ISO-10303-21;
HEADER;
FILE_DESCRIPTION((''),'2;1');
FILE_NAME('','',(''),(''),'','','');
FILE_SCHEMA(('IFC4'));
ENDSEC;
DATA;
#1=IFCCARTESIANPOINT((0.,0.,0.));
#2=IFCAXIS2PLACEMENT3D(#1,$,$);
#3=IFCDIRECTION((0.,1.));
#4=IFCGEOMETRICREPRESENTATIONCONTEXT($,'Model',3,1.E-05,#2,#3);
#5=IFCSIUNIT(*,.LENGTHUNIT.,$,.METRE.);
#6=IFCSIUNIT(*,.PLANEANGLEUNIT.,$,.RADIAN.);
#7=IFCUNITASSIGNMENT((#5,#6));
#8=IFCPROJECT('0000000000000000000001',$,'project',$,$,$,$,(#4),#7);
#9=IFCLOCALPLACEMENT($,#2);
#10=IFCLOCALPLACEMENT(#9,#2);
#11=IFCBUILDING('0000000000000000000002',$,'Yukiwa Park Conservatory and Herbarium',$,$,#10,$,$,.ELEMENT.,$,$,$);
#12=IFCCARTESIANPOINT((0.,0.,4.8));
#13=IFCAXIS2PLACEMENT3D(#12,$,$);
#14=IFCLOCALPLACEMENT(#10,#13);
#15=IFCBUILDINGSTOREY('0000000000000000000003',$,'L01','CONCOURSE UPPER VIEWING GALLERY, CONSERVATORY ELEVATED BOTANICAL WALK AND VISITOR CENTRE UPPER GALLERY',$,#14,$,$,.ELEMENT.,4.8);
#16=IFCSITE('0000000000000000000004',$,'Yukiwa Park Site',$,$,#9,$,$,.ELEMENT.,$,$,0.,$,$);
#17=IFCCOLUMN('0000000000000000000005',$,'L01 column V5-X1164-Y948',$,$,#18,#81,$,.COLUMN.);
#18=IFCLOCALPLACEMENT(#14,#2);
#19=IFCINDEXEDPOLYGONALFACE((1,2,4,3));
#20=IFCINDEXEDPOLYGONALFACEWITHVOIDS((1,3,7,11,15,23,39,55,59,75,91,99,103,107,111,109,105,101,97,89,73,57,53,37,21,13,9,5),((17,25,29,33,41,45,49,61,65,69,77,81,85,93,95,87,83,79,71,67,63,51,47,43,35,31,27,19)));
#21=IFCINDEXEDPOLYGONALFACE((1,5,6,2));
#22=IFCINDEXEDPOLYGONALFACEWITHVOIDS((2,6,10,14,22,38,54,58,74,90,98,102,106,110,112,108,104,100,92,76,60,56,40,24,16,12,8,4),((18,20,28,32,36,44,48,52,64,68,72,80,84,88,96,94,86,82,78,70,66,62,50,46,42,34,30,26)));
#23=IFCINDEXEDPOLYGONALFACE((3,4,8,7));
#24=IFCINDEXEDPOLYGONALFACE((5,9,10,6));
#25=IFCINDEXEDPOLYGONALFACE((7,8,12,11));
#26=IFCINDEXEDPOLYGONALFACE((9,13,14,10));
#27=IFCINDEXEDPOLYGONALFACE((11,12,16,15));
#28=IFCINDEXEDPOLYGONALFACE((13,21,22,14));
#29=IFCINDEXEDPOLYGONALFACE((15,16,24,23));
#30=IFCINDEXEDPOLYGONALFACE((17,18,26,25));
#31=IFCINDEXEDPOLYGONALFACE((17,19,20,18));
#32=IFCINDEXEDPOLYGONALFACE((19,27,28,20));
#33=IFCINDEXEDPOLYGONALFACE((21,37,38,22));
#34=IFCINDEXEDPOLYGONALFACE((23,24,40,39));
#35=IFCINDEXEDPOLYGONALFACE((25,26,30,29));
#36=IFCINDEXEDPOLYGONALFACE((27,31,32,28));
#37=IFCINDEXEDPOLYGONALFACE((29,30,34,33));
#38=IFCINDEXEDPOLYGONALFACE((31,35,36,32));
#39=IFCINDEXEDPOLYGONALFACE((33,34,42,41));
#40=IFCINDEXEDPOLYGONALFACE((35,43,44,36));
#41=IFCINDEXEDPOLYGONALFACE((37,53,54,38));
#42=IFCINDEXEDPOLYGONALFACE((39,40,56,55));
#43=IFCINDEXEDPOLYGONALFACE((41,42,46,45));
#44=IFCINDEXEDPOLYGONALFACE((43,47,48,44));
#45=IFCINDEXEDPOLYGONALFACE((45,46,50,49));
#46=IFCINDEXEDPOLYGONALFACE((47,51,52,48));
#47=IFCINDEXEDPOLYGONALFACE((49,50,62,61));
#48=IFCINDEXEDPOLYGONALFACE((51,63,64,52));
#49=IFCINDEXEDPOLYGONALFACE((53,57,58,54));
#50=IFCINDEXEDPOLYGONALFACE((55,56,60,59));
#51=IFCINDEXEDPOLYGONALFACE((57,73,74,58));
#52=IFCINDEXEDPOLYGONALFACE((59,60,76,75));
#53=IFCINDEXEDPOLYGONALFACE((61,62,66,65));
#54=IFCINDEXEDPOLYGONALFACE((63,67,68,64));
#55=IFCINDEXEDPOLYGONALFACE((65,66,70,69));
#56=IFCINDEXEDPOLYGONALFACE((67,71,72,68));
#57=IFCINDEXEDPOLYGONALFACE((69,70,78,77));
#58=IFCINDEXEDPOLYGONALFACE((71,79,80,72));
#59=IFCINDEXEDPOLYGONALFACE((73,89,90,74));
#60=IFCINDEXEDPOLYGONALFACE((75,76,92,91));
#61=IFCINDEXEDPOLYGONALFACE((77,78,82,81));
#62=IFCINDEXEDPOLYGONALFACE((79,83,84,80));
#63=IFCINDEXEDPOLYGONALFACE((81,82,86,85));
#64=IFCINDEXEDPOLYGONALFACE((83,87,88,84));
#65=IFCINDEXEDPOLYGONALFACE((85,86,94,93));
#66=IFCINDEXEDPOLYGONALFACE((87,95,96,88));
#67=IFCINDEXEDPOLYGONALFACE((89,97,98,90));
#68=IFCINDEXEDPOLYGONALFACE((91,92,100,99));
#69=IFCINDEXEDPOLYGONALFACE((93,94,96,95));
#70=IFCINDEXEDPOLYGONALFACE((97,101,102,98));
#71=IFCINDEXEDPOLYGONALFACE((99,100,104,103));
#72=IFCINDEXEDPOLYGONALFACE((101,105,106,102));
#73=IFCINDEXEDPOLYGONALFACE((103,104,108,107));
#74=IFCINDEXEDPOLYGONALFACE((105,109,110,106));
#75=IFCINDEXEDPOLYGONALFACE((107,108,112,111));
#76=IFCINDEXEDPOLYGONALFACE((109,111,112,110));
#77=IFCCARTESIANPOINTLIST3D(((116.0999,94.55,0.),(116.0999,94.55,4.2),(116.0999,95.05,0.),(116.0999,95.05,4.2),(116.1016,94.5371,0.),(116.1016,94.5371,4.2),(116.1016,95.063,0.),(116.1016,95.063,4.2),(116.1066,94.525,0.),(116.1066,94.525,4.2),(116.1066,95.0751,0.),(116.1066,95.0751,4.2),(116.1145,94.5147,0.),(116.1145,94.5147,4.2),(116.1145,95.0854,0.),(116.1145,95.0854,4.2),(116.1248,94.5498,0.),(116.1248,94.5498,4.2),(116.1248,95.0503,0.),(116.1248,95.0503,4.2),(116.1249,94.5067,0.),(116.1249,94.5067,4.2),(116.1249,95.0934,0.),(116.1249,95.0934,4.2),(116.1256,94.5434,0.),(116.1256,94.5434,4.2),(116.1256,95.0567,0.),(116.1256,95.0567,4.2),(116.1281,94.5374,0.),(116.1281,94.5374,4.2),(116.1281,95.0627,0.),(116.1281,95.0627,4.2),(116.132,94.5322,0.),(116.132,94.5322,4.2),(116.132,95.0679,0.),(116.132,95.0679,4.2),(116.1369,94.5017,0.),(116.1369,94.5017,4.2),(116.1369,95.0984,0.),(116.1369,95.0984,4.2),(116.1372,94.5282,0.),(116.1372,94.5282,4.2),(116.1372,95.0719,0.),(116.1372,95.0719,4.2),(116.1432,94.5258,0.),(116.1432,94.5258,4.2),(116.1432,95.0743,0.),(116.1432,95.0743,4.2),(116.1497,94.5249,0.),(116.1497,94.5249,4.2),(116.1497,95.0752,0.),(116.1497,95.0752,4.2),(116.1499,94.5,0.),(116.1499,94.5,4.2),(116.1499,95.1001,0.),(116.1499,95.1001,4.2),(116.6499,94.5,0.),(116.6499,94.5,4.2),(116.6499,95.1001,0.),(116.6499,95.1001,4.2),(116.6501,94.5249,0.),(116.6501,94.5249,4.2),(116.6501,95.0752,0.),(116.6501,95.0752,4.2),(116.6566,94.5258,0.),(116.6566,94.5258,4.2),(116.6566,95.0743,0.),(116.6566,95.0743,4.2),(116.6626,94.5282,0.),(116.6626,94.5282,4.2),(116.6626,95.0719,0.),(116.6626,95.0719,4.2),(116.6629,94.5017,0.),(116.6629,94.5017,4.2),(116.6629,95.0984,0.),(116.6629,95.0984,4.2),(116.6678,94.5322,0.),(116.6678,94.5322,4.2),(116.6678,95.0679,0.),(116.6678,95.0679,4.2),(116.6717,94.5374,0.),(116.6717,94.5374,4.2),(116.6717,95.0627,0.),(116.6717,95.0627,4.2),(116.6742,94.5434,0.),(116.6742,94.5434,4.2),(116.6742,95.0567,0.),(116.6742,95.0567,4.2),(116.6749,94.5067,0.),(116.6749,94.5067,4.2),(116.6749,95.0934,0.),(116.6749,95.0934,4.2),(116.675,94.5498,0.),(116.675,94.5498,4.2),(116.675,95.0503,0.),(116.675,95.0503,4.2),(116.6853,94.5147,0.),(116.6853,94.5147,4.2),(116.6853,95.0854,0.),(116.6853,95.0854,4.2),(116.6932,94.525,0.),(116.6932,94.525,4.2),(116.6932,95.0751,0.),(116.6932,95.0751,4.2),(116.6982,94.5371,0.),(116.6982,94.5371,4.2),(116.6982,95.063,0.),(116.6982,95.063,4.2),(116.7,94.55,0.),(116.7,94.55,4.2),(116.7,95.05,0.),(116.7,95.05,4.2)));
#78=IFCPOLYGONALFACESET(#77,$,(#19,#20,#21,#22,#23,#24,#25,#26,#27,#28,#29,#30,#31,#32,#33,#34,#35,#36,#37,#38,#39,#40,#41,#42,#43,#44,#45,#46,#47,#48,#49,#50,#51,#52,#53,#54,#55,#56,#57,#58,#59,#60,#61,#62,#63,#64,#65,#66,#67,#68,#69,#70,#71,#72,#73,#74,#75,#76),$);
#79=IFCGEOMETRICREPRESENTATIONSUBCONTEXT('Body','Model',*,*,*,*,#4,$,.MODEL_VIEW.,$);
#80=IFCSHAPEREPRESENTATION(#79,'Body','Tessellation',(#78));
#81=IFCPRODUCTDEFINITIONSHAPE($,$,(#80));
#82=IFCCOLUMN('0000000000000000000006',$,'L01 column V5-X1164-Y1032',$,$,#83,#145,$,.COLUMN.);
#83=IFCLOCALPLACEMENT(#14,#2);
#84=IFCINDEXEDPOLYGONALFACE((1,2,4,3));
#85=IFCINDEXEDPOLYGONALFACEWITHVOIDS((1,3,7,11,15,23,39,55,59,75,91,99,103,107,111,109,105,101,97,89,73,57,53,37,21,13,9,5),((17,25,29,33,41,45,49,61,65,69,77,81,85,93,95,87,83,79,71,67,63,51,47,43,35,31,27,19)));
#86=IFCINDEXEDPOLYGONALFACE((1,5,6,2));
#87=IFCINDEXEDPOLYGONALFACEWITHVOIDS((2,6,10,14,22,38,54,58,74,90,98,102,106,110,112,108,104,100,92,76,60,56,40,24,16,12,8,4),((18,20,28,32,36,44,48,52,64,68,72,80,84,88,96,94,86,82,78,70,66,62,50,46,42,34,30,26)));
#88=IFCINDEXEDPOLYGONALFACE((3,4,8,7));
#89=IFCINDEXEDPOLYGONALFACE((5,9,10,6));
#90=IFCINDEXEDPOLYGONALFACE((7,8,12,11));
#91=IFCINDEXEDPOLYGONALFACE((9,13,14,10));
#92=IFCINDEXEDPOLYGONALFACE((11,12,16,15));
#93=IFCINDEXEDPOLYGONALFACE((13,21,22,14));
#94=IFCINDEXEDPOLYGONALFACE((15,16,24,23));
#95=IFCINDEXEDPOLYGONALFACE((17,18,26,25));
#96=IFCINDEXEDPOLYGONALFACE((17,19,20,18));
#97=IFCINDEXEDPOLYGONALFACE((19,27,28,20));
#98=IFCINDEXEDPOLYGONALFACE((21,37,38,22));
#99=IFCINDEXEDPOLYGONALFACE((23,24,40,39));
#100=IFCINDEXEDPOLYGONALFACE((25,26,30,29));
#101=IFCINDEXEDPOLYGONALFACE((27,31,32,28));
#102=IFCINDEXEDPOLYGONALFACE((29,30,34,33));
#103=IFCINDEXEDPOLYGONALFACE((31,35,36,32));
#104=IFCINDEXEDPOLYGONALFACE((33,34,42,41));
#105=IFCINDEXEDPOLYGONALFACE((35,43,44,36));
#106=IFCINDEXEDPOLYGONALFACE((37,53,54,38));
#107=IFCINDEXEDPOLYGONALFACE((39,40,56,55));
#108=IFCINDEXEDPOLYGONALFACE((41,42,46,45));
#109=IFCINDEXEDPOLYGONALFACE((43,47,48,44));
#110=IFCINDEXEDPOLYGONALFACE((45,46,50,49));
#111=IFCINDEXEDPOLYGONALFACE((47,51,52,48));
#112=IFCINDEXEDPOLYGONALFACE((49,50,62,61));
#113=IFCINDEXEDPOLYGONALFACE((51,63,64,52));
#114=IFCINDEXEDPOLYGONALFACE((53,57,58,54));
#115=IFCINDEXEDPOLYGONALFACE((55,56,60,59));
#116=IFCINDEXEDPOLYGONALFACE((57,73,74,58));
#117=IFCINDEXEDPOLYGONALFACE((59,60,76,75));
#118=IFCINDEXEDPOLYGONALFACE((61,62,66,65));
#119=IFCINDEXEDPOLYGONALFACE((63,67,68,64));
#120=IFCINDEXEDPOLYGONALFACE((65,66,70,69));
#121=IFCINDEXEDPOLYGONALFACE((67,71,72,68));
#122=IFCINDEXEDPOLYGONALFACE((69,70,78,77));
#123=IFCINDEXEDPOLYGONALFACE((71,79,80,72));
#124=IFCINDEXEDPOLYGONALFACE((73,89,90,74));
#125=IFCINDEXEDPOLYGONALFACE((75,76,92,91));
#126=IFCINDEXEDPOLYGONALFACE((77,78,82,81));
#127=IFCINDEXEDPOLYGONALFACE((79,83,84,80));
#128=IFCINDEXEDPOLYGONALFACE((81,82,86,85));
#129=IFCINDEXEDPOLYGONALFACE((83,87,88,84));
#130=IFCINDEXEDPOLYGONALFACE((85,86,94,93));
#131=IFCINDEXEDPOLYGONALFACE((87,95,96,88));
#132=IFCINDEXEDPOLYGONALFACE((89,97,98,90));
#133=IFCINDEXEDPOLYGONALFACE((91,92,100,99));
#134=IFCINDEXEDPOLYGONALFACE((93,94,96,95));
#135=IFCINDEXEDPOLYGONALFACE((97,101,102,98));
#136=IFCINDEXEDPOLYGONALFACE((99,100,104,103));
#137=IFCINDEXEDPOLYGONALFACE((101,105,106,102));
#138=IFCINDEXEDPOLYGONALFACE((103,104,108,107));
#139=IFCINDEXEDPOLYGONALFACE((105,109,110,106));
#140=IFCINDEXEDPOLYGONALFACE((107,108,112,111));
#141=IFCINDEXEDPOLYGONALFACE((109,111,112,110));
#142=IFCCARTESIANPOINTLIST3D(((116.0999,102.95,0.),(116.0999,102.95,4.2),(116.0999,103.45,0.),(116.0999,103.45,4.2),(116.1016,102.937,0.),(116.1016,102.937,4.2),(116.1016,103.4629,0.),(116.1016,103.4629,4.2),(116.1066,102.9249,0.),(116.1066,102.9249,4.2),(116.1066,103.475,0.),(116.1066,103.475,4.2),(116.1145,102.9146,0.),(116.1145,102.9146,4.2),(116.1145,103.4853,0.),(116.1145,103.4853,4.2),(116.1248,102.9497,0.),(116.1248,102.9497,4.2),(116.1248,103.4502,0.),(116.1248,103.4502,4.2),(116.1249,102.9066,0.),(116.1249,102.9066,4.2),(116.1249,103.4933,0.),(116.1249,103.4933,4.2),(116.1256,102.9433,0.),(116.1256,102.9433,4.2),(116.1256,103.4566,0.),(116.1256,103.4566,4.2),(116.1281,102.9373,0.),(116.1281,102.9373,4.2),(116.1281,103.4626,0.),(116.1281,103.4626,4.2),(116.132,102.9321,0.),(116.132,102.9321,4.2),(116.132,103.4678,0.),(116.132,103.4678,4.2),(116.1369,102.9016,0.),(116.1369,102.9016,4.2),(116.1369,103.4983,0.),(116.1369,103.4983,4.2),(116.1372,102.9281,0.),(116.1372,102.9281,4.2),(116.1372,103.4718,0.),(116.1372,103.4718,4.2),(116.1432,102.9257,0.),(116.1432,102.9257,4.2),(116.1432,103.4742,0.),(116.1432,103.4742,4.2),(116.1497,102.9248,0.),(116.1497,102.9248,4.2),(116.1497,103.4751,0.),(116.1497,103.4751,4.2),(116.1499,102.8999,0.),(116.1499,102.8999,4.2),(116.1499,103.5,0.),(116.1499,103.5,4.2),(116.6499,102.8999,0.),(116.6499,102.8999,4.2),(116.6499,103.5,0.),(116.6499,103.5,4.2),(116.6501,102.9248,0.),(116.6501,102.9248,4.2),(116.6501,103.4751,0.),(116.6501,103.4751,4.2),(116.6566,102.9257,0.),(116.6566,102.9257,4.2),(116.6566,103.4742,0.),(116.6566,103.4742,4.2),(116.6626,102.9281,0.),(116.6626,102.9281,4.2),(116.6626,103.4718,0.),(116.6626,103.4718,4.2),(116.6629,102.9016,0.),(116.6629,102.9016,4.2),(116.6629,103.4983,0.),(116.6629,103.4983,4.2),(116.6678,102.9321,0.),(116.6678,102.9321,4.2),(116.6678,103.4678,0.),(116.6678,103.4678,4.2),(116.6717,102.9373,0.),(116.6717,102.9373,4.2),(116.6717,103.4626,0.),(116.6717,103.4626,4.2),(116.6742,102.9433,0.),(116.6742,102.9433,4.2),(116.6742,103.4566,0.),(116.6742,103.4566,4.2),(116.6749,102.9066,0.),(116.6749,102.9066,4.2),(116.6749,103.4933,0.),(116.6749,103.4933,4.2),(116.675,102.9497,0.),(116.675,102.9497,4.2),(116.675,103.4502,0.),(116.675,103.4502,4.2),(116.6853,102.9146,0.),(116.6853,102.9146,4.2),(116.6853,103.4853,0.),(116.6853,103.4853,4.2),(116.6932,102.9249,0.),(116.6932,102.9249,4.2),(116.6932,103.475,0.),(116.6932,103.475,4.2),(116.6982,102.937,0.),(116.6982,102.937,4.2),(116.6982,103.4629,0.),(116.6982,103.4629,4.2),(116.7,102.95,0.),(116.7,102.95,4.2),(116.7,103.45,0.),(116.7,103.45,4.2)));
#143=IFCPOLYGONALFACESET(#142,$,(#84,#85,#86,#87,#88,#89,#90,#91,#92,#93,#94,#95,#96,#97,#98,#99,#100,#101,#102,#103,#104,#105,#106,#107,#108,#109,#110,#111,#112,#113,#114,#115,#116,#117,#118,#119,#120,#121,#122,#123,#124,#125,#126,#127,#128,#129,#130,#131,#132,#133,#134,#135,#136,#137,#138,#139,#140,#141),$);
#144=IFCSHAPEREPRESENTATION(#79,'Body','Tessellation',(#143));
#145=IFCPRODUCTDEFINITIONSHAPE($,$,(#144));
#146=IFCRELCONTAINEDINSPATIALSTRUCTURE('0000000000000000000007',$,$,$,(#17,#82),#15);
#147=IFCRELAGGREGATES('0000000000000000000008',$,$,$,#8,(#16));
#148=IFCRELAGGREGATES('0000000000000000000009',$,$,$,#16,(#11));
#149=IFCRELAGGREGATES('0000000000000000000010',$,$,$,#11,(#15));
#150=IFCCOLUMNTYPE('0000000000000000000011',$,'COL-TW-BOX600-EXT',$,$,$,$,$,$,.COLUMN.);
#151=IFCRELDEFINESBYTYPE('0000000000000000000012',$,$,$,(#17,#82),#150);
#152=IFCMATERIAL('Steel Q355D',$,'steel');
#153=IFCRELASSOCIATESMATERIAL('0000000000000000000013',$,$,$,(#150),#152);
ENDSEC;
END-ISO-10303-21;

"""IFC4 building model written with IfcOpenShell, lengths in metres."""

from ifc_helpers import new_model, si_unit, direction, frame, origin, origin_2d, place, context, subcontext, project, spatial, hollow_rectangle, extrude, material, material_profile, profile_set, type_object, element, save


model = new_model("IFC4")

# Units and contexts
model_context = context("Model", 3, precision=1e-05, world=origin(), true_north=direction((0.0, 1.0)))
body_context = subcontext(model_context, "Body", "Model", "MODEL_VIEW")
ifc_project = project(units=[si_unit("LENGTHUNIT", "METRE"), si_unit("PLANEANGLEUNIT", "RADIAN")], contexts=[model_context])

# Site, building, storey
site_placement = place(None, origin())
site = spatial("IfcSite", under=ifc_project, at=site_placement, Name="Yukiwa Park Site", CompositionType="ELEMENT", RefElevation=0.0)
building_placement = place(site_placement, origin())
building = spatial("IfcBuilding", under=site, at=building_placement, Name="Yukiwa Park Conservatory and Herbarium", CompositionType="ELEMENT")
storey_placement = place(building_placement, frame((0.0, 0.0, 4.8)))
storey = spatial("IfcBuildingStorey", under=building, at=storey_placement, Name="L01", Description="CONCOURSE UPPER VIEWING GALLERY, CONSERVATORY ELEVATED BOTANICAL WALK AND VISITOR CENTRE UPPER GALLERY", CompositionType="ELEMENT", Elevation=4.8)

# Columns
ifc_material_1 = material(Name="Steel Q355D", Category="steel")
ifc_material_profile_1 = material_profile(ifc_material_1, hollow_rectangle(XDim=0.6001, YDim=0.6001, WallThickness=0.0249, InnerFilletRadius=0.0249, OuterFilletRadius=0.05, at=origin_2d()), Name="BOX 600x600x25")
ifc_profile_set_1 = profile_set([ifc_material_profile_1], Name="Steel Q355D")
column_type_1 = type_object("IfcColumnType", Name="COL-TW-BOX600-EXT", PredefinedType="COLUMN", material=ifc_profile_set_1)
for number, where, z_axis, x_axis, name in (
    (1, (116.3999, 94.8, 0.0), (0.0, 0.0, 1.0), (1.0, 0.0, 0.0), "L01 column V5-X1164-Y948"),
    (2, (116.3999, 103.2, 0.0), (0.0, 0.0, 1.0), (1.0, 0.0, 0.0), "L01 column V5-X1164-Y1032"),
):
    element("IfcColumn", number, at=place(storey_placement, frame(where, z_axis=z_axis, x_axis=x_axis)), inside=storey, type_object=column_type_1, Name=name, PredefinedType="COLUMN", context=body_context, shape_type="SweptSolid", body=[
        extrude(hollow_rectangle(XDim=0.6001, YDim=0.6001, WallThickness=0.0249, InnerFilletRadius=0.0249, OuterFilletRadius=0.05, at=origin_2d()), origin(), (0.0, 0.0, 1.0), 4.2),
    ])

save(model, "model.ifc")
